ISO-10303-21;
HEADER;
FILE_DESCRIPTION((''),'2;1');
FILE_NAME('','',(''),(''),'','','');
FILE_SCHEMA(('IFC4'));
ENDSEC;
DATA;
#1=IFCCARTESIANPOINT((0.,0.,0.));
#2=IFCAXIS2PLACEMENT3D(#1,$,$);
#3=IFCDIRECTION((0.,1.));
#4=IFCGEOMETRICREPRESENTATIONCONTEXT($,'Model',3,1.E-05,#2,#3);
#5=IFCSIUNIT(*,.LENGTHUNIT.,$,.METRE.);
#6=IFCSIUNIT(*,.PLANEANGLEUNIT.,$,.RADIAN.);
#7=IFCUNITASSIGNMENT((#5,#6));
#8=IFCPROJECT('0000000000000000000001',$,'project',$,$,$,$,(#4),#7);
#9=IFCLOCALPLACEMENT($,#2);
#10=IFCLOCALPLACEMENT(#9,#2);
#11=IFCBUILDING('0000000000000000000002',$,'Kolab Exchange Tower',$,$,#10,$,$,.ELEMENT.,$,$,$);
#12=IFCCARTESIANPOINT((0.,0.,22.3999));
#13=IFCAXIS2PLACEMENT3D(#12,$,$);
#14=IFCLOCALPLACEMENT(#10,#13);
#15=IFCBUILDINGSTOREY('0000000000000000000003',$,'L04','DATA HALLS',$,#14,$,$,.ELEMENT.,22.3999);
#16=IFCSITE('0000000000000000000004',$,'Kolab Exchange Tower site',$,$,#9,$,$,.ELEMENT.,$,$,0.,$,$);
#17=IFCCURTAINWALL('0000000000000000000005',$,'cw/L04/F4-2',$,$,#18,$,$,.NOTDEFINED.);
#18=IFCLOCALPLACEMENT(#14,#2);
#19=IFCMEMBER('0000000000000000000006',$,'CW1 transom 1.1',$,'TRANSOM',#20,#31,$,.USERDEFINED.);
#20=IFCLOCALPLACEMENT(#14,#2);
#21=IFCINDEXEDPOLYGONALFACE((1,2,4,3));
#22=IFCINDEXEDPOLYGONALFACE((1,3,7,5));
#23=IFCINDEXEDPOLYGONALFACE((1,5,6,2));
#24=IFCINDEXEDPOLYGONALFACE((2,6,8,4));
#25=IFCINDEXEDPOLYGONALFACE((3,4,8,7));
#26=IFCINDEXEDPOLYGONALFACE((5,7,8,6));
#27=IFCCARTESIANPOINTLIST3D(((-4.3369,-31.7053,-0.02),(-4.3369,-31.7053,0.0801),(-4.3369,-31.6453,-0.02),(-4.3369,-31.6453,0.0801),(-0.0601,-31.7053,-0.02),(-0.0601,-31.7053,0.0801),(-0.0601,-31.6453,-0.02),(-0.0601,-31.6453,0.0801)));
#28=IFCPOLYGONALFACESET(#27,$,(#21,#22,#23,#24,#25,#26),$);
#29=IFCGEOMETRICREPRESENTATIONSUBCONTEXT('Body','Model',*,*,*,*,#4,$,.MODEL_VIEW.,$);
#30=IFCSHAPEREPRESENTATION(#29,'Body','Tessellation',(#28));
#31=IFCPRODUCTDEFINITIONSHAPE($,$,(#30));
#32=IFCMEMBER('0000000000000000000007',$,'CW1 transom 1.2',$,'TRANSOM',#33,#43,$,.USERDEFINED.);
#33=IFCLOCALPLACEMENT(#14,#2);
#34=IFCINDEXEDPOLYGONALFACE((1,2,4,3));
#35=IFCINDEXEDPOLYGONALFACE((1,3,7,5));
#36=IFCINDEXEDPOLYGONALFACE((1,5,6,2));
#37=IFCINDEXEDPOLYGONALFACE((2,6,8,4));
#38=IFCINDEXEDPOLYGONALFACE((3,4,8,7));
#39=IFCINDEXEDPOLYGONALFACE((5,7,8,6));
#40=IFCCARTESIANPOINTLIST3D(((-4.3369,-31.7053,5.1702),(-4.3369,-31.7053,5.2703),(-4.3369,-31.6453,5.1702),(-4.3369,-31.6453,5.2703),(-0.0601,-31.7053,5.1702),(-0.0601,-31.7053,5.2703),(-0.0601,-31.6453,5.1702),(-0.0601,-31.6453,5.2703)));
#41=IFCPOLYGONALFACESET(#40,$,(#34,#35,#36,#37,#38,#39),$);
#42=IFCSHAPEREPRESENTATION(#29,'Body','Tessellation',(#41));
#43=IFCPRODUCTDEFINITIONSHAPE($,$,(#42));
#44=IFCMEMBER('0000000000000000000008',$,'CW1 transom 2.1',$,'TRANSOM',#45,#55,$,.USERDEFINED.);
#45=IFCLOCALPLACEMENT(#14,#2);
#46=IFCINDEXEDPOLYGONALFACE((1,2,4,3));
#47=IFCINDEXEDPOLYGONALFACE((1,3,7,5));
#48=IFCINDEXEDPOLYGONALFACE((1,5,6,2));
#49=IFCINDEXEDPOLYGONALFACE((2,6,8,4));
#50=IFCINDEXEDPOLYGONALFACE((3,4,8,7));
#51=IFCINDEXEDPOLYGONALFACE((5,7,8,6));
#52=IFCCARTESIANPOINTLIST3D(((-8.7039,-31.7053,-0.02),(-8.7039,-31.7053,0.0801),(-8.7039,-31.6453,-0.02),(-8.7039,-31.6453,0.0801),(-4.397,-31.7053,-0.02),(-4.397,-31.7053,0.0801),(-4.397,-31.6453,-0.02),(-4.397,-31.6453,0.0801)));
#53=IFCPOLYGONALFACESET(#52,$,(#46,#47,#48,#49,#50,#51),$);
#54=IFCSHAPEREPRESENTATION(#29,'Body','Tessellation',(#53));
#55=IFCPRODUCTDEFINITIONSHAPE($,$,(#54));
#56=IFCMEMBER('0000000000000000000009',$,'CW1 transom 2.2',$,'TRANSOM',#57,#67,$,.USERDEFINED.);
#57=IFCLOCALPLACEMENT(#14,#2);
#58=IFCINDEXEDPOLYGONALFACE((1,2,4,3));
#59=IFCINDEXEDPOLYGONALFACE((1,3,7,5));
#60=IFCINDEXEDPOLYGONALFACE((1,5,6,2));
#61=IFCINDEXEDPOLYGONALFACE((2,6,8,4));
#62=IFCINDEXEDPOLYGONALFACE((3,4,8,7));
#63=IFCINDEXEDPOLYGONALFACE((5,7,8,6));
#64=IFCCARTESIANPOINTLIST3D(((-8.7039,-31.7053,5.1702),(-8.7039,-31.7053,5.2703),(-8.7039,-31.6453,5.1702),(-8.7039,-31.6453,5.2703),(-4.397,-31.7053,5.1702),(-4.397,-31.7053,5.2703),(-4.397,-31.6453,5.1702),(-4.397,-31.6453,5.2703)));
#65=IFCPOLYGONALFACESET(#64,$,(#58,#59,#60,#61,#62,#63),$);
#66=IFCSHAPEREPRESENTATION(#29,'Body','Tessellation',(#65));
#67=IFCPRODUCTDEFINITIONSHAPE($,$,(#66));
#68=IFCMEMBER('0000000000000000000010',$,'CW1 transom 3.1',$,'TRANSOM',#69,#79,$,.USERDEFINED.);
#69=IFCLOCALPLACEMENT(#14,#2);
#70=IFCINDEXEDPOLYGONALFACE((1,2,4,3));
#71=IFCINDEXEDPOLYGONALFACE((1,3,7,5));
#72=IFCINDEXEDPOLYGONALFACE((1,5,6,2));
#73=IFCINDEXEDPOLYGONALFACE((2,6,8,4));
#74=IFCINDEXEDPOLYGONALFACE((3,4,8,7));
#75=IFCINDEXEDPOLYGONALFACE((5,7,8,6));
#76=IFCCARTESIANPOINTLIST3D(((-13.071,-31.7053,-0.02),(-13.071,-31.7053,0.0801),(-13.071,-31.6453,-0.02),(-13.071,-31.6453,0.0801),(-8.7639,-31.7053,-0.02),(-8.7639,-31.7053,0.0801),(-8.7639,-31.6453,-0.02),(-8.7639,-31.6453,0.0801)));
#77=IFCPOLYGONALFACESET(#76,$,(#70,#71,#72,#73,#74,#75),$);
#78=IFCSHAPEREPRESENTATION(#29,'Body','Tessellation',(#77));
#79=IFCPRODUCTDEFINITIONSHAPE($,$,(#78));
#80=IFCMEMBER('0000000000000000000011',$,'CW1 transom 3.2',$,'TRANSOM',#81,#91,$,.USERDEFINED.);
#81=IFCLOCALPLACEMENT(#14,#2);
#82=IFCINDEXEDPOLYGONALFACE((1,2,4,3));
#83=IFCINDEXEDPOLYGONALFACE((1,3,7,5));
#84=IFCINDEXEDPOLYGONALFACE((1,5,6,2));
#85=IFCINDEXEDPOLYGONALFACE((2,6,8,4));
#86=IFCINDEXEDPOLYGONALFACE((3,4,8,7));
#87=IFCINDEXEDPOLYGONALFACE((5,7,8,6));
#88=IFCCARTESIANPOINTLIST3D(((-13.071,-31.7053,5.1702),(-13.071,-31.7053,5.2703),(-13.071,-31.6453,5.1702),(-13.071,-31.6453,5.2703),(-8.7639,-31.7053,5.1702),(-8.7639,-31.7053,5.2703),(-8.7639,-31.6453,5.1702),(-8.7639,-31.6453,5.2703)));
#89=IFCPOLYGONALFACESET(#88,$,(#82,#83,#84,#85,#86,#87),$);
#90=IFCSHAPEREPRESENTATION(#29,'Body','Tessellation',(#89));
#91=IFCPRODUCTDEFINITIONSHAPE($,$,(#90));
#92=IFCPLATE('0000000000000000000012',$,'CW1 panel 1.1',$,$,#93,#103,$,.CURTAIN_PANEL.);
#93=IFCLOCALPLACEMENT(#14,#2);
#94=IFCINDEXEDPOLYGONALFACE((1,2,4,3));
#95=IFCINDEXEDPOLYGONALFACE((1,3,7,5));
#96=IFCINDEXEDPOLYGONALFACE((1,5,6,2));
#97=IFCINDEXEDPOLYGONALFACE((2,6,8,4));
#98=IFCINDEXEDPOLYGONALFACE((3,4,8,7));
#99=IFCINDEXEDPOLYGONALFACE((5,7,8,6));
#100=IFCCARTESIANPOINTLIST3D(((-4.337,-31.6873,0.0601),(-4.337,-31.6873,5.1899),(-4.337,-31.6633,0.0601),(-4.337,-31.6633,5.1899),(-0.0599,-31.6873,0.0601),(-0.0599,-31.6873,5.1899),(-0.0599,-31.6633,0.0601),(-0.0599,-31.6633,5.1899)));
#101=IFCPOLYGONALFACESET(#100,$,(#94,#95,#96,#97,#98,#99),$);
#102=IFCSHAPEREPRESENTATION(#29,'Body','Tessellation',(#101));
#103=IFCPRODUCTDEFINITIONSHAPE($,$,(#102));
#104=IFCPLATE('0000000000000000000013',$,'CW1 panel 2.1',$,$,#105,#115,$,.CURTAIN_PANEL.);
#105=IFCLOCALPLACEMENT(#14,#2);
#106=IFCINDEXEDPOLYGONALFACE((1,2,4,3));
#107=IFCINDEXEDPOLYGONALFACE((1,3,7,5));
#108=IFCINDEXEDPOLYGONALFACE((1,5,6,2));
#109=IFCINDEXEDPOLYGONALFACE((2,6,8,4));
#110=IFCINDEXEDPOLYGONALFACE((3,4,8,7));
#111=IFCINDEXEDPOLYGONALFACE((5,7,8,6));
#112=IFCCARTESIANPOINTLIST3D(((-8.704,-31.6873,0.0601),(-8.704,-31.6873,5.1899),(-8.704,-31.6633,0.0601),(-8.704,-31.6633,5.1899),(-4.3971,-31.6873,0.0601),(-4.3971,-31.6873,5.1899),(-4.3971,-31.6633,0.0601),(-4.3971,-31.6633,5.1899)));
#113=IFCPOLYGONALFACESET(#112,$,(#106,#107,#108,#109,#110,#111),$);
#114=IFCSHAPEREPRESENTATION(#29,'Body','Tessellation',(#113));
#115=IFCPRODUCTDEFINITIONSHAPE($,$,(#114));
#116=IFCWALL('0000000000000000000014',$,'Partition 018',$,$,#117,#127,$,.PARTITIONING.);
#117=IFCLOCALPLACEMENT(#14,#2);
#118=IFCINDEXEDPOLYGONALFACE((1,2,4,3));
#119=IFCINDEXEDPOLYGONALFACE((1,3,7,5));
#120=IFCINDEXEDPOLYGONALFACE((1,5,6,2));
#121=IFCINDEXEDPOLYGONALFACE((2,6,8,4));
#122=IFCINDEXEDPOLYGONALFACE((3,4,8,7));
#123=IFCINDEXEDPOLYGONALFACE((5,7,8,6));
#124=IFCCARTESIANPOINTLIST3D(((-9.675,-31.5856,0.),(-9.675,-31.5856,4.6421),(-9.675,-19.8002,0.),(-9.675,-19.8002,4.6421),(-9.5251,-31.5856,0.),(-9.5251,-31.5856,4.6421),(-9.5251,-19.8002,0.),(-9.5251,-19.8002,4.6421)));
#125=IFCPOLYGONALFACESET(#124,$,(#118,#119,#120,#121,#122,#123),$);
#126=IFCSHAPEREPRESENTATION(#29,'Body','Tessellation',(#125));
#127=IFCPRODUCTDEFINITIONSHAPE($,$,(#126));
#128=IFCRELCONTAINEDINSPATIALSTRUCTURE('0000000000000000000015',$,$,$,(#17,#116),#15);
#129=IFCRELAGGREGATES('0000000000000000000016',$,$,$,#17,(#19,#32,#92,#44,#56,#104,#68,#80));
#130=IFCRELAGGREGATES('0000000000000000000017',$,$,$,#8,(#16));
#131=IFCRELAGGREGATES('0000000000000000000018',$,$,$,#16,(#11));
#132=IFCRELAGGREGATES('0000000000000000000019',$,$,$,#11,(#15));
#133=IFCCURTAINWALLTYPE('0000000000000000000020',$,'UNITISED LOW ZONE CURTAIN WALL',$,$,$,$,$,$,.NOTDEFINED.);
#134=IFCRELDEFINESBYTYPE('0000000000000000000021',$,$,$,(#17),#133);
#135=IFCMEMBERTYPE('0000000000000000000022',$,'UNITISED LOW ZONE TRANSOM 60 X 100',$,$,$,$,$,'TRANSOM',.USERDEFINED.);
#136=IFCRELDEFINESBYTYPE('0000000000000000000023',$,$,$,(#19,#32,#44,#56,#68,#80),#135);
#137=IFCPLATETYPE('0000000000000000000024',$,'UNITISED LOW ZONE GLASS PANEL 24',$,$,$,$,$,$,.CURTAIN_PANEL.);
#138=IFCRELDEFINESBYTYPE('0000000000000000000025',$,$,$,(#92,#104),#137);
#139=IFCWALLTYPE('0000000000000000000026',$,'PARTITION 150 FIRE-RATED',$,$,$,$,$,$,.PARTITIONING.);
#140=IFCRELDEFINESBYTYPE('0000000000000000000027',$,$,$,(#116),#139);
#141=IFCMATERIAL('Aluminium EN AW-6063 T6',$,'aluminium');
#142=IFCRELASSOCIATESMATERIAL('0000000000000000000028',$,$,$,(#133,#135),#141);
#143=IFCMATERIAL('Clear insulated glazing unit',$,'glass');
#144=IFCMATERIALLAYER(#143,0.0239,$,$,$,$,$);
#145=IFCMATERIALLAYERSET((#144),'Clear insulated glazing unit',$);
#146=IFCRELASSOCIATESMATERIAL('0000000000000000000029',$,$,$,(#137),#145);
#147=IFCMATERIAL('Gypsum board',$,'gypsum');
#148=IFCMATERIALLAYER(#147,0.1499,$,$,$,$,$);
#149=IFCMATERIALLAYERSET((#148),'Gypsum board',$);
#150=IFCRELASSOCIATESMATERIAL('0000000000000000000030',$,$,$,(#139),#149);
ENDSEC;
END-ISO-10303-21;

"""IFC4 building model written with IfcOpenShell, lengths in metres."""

from ifc_helpers import new_model, si_unit, direction, frame, frame_2d, origin, origin_2d, place, context, subcontext, project, spatial, rectangle, extrude, material, layer, layer_set, material_profile, profile_set, type_object, element, aggregate, save


model = new_model("IFC4")

# Units and contexts
model_context = context("Model", 3, precision=1e-05, world=origin(), true_north=direction((0.0, 1.0)))
body_context = subcontext(model_context, "Body", "Model", "MODEL_VIEW")
ifc_project = project(units=[si_unit("LENGTHUNIT", "METRE"), si_unit("PLANEANGLEUNIT", "RADIAN")], contexts=[model_context])

# Site, building, storey
site_placement = place(None, origin())
site = spatial("IfcSite", under=ifc_project, at=site_placement, Name="Kolab Exchange Tower site", CompositionType="ELEMENT", RefElevation=0.0)
building_placement = place(site_placement, origin())
building = spatial("IfcBuilding", under=site, at=building_placement, Name="Kolab Exchange Tower", CompositionType="ELEMENT")
storey_placement = place(building_placement, frame((0.0, 0.0, 22.3999)))
storey = spatial("IfcBuildingStorey", under=building, at=storey_placement, Name="L04", Description="DATA HALLS", CompositionType="ELEMENT", Elevation=22.3999)

# Curtain wall, members, plates
ifc_material_1 = material(Name="Aluminium EN AW-6063 T6", Category="aluminium")
curtain_wall_type = type_object("IfcCurtainWallType", Name="UNITISED LOW ZONE CURTAIN WALL", PredefinedType="NOTDEFINED", material=ifc_material_1)
curtain_wall_placement = place(storey_placement, origin())
curtain_wall = element("IfcCurtainWall", 1, at=curtain_wall_placement, inside=storey, type_object=curtain_wall_type, Name="cw/L04/F4-2", PredefinedType="NOTDEFINED")
ifc_material_profile_1 = material_profile(ifc_material_1, rectangle(XDim=0.0601, YDim=0.1001, at=origin_2d()), Name="RECT 60X100")
ifc_profile_set_1 = profile_set([ifc_material_profile_1], Name="Aluminium EN AW-6063 T6")
member_type_1 = type_object("IfcMemberType", Name="UNITISED LOW ZONE TRANSOM 60 X 100", ElementType="TRANSOM", PredefinedType="USERDEFINED", material=ifc_profile_set_1)
member_1_placement = place(storey_placement, frame((-0.0601, -31.6753, 0.03), z_axis=(-1.0, 0.0, 0.0), x_axis=(0.0, -1.0, 0.0)))
member_1 = element("IfcMember", 2, at=member_1_placement, type_object=member_type_1, Name="CW1 transom 1.1", ObjectType="TRANSOM", PredefinedType="USERDEFINED", context=body_context, shape_type="SweptSolid", body=[
    extrude(rectangle(XDim=0.0601, YDim=0.1001, at=origin_2d()), origin(), (0.0, 0.0, 1.0), 4.2769),
])
member_2_placement = place(storey_placement, frame((-0.0601, -31.6753, 5.2202), z_axis=(-1.0, 0.0, 0.0), x_axis=(0.0, -1.0, 0.0)))
member_2 = element("IfcMember", 3, at=member_2_placement, type_object=member_type_1, Name="CW1 transom 1.2", ObjectType="TRANSOM", PredefinedType="USERDEFINED", context=body_context, shape_type="SweptSolid", body=[
    extrude(rectangle(XDim=0.0601, YDim=0.1001, at=origin_2d()), origin(), (0.0, 0.0, 1.0), 4.2769),
])
member_3_placement = place(storey_placement, frame((-4.397, -31.6753, 0.03), z_axis=(-1.0, 0.0, 0.0), x_axis=(0.0, -1.0, 0.0)))
member_3 = element("IfcMember", 4, at=member_3_placement, type_object=member_type_1, Name="CW1 transom 2.1", ObjectType="TRANSOM", PredefinedType="USERDEFINED", context=body_context, shape_type="SweptSolid", body=[
    extrude(rectangle(XDim=0.0601, YDim=0.1001, at=origin_2d()), origin(), (0.0, 0.0, 1.0), 4.3069),
])
member_4_placement = place(storey_placement, frame((-4.397, -31.6753, 5.2202), z_axis=(-1.0, 0.0, 0.0), x_axis=(0.0, -1.0, 0.0)))
member_4 = element("IfcMember", 5, at=member_4_placement, type_object=member_type_1, Name="CW1 transom 2.2", ObjectType="TRANSOM", PredefinedType="USERDEFINED", context=body_context, shape_type="SweptSolid", body=[
    extrude(rectangle(XDim=0.0601, YDim=0.1001, at=origin_2d()), origin(), (0.0, 0.0, 1.0), 4.3069),
])
member_5_placement = place(storey_placement, frame((-8.7639, -31.6753, 0.03), z_axis=(-1.0, 0.0, 0.0), x_axis=(0.0, -1.0, 0.0)))
member_5 = element("IfcMember", 6, at=member_5_placement, type_object=member_type_1, Name="CW1 transom 3.1", ObjectType="TRANSOM", PredefinedType="USERDEFINED", context=body_context, shape_type="SweptSolid", body=[
    extrude(rectangle(XDim=0.0601, YDim=0.1001, at=origin_2d()), origin(), (0.0, 0.0, 1.0), 4.3071),
])
member_6_placement = place(storey_placement, frame((-8.7639, -31.6753, 5.2202), z_axis=(-1.0, 0.0, 0.0), x_axis=(0.0, -1.0, 0.0)))
member_6 = element("IfcMember", 7, at=member_6_placement, type_object=member_type_1, Name="CW1 transom 3.2", ObjectType="TRANSOM", PredefinedType="USERDEFINED", context=body_context, shape_type="SweptSolid", body=[
    extrude(rectangle(XDim=0.0601, YDim=0.1001, at=origin_2d()), origin(), (0.0, 0.0, 1.0), 4.3071),
])
ifc_material_2 = material(Name="Clear insulated glazing unit", Category="glass")
ifc_layer_1 = layer(ifc_material_2, 0.0239)
ifc_layer_set_1 = layer_set([ifc_layer_1], Name="Clear insulated glazing unit")
plate_type = type_object("IfcPlateType", Name="UNITISED LOW ZONE GLASS PANEL 24", PredefinedType="CURTAIN_PANEL", material=ifc_layer_set_1)
plate_1_placement = place(storey_placement, frame((-2.1985, -31.6753, 0.0601), z_axis=(0.0, 0.0, 1.0), x_axis=(-1.0, 0.0, 0.0)))
plate_1 = element("IfcPlate", 8, at=plate_1_placement, type_object=plate_type, Name="CW1 panel 1.1", PredefinedType="CURTAIN_PANEL", context=body_context, shape_type="SweptSolid", body=[
    extrude(rectangle(XDim=4.2771, YDim=0.0239, at=origin_2d()), origin(), (0.0, 0.0, 1.0), 5.1299),
])
plate_2_placement = place(storey_placement, frame((-6.5505, -31.6753, 0.0601), z_axis=(0.0, 0.0, 1.0), x_axis=(-1.0, 0.0, 0.0)))
plate_2 = element("IfcPlate", 9, at=plate_2_placement, type_object=plate_type, Name="CW1 panel 2.1", PredefinedType="CURTAIN_PANEL", context=body_context, shape_type="SweptSolid", body=[
    extrude(rectangle(XDim=4.3069, YDim=0.0239, at=origin_2d()), origin(), (0.0, 0.0, 1.0), 5.1299),
])
aggregate(curtain_wall, [member_1, member_2, plate_1, member_3, member_4, plate_2, member_5, member_6])

# Wall
ifc_material_3 = material(Name="Gypsum board", Category="gypsum")
ifc_layer_2 = layer(ifc_material_3, 0.1499)
ifc_layer_set_2 = layer_set([ifc_layer_2], Name="Gypsum board")
wall_type = type_object("IfcWallType", Name="PARTITION 150 FIRE-RATED", PredefinedType="PARTITIONING", material=ifc_layer_set_2)
wall_placement = place(storey_placement, frame((-9.6001, -31.5854, 0.0), z_axis=(0.0, 0.0, 1.0), x_axis=(0.0, 1.0, 0.0)))
element("IfcWall", 10, at=wall_placement, inside=storey, type_object=wall_type, Name="Partition 018", PredefinedType="PARTITIONING", context=body_context, shape_type="SweptSolid", body=[
    extrude(rectangle(XDim=11.7854, YDim=0.1499, at=frame_2d((5.8926, 0.0))), origin(), (0.0, 0.0, 1.0), 4.6421),
])

save(model, "model.ifc")
